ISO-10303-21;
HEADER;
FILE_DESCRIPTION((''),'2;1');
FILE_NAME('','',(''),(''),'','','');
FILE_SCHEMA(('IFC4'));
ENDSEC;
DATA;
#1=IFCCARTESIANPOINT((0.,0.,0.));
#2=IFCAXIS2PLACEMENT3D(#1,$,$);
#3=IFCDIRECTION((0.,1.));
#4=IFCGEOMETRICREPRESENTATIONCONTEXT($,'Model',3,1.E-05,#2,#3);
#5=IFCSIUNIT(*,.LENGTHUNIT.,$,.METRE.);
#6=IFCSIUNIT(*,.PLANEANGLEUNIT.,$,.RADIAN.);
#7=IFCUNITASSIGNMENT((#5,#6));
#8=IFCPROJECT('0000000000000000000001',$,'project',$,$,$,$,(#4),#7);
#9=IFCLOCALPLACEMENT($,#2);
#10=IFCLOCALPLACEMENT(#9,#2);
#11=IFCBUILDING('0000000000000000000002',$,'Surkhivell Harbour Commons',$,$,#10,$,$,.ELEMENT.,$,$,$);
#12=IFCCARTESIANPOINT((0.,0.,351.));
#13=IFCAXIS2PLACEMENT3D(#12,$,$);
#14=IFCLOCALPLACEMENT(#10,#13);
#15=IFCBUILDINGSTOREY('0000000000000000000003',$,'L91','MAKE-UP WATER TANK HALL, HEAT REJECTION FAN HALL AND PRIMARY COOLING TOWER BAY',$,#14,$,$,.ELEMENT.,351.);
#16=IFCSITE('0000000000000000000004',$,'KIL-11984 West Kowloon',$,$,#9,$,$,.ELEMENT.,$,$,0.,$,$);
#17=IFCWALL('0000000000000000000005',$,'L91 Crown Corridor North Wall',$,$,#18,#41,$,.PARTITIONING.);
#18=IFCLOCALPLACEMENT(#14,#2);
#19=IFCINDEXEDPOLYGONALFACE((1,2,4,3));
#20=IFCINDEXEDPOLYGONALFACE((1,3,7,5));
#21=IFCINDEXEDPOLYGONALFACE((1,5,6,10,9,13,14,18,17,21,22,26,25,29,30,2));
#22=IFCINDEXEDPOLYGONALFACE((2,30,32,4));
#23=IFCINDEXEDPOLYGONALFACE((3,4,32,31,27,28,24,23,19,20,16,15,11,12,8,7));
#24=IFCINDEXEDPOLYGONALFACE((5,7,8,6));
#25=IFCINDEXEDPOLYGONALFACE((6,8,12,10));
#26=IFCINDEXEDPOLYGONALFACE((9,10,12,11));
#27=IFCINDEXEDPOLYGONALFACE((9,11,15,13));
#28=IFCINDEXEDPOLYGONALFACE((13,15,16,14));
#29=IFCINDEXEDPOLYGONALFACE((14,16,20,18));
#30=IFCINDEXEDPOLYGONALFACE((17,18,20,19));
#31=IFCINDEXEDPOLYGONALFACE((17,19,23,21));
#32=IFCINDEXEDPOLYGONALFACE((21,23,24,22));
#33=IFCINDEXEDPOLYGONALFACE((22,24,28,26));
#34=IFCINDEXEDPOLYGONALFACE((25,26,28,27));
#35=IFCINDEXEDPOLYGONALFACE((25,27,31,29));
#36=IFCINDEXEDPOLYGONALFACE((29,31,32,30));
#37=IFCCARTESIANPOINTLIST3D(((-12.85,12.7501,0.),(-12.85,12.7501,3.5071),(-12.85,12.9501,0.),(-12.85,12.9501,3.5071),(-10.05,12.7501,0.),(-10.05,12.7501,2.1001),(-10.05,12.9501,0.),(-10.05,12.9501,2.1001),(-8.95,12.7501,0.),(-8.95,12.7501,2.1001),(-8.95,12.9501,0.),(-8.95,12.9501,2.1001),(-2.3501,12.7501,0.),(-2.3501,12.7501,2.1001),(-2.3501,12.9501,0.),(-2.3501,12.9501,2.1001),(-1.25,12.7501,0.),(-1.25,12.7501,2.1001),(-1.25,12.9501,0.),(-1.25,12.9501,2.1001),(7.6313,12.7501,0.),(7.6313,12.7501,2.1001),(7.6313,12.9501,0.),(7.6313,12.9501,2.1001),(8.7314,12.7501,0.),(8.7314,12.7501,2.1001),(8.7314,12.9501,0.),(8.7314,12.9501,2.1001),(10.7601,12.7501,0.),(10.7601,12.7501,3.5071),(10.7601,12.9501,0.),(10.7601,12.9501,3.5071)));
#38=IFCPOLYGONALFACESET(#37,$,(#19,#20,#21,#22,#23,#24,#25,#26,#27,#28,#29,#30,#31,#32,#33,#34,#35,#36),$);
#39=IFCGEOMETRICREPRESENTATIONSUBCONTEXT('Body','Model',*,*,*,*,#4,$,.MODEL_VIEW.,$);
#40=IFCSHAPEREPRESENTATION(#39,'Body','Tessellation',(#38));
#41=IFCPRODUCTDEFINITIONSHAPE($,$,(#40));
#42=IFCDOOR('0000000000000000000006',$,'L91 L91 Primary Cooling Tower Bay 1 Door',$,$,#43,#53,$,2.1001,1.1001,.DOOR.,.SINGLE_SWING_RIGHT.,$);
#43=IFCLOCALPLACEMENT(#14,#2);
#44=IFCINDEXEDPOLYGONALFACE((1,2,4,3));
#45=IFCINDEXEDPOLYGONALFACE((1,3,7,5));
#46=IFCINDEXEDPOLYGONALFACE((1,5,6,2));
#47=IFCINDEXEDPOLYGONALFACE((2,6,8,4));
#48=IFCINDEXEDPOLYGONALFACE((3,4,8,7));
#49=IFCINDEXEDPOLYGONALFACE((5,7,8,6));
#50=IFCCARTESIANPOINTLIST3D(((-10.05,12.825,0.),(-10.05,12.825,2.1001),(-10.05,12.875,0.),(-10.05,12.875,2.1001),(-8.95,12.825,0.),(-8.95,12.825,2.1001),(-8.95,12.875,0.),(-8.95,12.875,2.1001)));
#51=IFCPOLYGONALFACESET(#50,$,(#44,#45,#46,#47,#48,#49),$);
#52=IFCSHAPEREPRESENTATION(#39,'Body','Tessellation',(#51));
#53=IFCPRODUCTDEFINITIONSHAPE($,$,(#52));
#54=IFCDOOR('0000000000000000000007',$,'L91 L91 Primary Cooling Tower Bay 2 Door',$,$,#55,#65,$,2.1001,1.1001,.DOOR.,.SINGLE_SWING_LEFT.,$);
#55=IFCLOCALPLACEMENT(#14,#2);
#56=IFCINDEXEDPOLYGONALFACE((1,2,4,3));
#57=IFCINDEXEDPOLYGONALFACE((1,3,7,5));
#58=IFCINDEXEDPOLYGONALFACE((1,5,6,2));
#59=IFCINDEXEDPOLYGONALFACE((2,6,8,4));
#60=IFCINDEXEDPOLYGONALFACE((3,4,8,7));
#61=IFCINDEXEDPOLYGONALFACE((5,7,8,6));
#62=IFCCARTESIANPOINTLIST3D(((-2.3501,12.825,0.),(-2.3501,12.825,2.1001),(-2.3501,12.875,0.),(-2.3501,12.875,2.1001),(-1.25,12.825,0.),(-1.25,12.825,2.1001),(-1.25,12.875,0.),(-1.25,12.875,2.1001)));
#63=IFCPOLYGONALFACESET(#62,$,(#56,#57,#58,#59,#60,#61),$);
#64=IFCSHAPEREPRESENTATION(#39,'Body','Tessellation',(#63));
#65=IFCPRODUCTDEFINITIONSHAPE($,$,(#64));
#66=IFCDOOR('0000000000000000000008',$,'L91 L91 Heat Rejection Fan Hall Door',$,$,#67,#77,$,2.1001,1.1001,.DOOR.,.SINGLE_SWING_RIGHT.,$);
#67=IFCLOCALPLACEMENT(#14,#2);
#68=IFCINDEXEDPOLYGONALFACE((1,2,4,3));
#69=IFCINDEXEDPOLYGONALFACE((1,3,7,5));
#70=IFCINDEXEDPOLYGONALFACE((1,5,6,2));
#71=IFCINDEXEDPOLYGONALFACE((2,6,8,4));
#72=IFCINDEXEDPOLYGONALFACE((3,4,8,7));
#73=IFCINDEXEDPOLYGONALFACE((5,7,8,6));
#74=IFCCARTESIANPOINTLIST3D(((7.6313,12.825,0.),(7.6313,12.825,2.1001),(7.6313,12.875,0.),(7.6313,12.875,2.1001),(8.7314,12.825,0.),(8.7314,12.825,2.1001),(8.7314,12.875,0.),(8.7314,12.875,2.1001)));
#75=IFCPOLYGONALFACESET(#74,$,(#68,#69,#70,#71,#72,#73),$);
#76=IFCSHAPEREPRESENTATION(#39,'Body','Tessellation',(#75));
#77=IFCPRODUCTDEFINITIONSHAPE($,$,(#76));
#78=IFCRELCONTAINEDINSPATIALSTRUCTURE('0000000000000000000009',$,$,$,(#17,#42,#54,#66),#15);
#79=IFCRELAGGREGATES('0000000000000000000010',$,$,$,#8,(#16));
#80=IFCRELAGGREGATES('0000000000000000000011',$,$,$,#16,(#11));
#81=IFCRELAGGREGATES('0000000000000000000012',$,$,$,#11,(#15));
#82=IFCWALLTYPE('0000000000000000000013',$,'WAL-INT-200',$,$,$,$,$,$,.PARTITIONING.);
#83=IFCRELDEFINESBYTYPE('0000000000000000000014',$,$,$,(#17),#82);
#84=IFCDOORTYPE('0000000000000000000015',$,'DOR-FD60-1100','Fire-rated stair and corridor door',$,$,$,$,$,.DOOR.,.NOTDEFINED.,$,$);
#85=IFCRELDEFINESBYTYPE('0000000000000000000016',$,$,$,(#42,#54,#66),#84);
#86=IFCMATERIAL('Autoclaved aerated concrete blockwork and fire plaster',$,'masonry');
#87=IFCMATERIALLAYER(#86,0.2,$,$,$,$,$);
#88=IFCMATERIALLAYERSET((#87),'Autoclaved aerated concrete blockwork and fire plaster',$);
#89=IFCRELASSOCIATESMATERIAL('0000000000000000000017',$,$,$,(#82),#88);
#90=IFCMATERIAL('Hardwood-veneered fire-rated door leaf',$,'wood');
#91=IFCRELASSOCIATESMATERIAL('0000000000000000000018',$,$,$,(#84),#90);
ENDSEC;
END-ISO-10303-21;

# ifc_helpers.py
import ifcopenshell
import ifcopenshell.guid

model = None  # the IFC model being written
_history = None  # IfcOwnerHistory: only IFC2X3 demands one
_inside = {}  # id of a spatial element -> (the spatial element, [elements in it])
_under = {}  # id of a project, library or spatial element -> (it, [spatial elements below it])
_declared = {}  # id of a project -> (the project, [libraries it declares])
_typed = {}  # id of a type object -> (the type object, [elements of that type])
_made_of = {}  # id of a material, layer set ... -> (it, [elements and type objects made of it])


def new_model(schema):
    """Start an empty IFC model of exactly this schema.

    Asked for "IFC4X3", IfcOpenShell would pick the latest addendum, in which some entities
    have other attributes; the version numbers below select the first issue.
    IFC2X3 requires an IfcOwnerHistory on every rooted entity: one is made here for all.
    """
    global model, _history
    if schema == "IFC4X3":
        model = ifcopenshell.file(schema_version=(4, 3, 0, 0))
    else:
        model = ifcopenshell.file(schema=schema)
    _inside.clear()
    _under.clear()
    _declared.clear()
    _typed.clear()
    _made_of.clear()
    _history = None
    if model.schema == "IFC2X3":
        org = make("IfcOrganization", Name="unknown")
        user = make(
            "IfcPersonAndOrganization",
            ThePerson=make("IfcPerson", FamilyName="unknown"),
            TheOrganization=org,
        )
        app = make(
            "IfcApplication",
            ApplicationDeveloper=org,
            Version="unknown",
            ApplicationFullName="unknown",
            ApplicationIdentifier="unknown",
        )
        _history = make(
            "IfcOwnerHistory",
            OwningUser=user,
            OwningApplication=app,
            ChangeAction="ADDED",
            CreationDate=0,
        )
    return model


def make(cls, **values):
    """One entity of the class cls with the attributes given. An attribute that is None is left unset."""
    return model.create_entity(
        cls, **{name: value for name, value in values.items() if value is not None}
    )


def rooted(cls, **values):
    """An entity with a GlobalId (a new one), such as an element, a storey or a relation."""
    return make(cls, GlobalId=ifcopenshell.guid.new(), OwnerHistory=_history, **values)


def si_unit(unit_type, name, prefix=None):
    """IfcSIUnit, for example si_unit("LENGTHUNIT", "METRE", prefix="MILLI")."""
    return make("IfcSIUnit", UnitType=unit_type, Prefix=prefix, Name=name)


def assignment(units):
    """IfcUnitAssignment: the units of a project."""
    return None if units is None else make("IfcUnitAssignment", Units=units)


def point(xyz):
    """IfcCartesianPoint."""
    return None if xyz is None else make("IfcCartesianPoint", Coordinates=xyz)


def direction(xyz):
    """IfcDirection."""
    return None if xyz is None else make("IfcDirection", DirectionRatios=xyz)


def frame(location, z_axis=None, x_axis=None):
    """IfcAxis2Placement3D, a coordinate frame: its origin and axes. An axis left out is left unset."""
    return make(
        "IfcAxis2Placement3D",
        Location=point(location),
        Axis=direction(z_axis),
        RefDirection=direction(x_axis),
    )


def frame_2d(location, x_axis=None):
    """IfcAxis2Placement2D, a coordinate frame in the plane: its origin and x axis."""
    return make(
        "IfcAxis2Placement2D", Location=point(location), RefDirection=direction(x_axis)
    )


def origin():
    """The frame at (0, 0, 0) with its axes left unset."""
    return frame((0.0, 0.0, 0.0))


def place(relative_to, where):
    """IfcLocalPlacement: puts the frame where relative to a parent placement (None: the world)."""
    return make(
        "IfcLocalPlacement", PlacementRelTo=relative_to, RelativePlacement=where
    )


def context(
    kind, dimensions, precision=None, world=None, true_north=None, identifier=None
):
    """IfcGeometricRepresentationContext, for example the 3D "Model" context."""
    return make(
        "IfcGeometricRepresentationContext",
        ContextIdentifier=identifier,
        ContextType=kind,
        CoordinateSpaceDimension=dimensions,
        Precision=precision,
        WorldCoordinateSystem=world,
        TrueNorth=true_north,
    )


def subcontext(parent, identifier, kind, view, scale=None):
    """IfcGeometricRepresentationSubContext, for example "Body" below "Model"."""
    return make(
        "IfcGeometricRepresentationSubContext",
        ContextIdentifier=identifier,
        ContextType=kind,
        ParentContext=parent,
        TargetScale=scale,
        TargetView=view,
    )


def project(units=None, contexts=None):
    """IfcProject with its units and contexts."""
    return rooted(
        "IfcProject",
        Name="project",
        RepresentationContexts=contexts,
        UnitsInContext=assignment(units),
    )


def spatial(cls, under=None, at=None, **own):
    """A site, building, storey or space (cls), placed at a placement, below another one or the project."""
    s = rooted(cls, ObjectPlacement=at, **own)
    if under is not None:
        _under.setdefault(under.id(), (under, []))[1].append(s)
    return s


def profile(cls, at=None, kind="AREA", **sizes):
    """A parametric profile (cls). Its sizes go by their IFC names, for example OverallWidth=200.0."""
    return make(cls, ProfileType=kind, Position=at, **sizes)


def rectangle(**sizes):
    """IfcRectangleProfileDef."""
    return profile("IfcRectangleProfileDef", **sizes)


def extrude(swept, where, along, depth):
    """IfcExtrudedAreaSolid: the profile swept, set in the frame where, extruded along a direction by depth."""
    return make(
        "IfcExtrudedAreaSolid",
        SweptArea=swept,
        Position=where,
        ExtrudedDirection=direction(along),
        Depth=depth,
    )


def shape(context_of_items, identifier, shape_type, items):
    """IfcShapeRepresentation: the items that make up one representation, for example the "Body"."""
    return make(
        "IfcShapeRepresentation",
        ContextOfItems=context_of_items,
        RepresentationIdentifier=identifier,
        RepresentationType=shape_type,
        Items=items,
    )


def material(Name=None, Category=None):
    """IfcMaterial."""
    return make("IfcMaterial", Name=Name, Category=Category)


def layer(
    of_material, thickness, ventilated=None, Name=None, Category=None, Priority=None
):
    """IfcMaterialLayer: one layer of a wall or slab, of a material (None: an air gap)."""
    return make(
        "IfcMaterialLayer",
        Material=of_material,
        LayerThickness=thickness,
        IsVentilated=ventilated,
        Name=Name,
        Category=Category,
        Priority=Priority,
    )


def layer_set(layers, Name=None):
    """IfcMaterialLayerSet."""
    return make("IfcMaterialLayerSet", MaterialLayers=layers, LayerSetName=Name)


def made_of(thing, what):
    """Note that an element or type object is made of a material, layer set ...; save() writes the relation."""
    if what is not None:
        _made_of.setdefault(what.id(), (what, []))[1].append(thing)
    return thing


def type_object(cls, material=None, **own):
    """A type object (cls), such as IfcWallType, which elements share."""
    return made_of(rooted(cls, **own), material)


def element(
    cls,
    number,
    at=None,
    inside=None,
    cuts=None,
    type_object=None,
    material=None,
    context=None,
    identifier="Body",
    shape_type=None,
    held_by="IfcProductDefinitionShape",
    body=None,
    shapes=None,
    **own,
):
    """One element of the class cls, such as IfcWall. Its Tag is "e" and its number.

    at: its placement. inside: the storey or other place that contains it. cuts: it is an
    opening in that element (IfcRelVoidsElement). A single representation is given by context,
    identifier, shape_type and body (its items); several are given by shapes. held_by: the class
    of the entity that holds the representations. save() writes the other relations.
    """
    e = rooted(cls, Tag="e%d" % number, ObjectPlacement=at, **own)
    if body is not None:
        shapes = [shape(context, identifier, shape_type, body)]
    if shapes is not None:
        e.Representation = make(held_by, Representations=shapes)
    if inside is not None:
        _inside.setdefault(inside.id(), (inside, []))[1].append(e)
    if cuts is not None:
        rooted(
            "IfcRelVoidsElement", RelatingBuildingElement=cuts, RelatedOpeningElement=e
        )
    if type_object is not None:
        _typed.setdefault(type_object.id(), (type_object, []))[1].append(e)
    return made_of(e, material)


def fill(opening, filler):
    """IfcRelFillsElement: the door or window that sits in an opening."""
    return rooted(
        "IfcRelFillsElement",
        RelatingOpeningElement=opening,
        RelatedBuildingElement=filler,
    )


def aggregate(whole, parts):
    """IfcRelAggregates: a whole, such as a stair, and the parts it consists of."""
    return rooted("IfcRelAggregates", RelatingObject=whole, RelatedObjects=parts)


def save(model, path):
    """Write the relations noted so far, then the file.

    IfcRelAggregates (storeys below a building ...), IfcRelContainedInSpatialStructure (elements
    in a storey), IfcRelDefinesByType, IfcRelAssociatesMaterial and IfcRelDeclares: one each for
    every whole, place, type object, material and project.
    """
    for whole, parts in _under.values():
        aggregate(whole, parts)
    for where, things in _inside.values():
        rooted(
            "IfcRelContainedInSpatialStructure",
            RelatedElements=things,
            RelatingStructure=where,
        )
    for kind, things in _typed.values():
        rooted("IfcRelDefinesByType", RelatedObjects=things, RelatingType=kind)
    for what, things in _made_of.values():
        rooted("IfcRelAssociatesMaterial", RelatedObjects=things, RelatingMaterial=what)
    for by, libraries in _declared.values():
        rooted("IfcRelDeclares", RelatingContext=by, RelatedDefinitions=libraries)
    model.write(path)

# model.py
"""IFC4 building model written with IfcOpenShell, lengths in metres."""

from ifc_helpers import new_model, si_unit, direction, frame, frame_2d, origin, place, context, subcontext, project, spatial, rectangle, extrude, material, layer, layer_set, type_object, element, fill, save


model = new_model("IFC4")

# Units and contexts
model_context = context("Model", 3, precision=1e-05, world=origin(), true_north=direction((0.0, 1.0)))
body_context = subcontext(model_context, "Body", "Model", "MODEL_VIEW")
ifc_project = project(units=[si_unit("LENGTHUNIT", "METRE"), si_unit("PLANEANGLEUNIT", "RADIAN")], contexts=[model_context])

# Site, building, storey
site_placement = place(None, origin())
site = spatial("IfcSite", under=ifc_project, at=site_placement, Name="KIL-11984 West Kowloon", CompositionType="ELEMENT", RefElevation=0.0)
building_placement = place(site_placement, origin())
building = spatial("IfcBuilding", under=site, at=building_placement, Name="Surkhivell Harbour Commons", CompositionType="ELEMENT")
storey_placement = place(building_placement, frame((0.0, 0.0, 351.0)))
storey = spatial("IfcBuildingStorey", under=building, at=storey_placement, Name="L91", Description="MAKE-UP WATER TANK HALL, HEAT REJECTION FAN HALL AND PRIMARY COOLING TOWER BAY", CompositionType="ELEMENT", Elevation=351.0)

# Shared definitions
ifc_material_1 = material(Name="Autoclaved aerated concrete blockwork and fire plaster", Category="masonry")
ifc_layer_1 = layer(ifc_material_1, 0.2)
ifc_layer_set_1 = layer_set([ifc_layer_1], Name="Autoclaved aerated concrete blockwork and fire plaster")
wall_type = type_object("IfcWallType", Name="WAL-INT-200", PredefinedType="PARTITIONING", material=ifc_layer_set_1)

# Wall, openings, doors
wall_1_placement = place(storey_placement, frame((-12.8501, 12.8501, 0.0), z_axis=(0.0, 0.0, 1.0), x_axis=(1.0, 0.0, 0.0)))
wall_1 = element("IfcWall", 1, at=wall_1_placement, inside=storey, type_object=wall_type, Name="L91 Crown Corridor North Wall", PredefinedType="PARTITIONING", context=body_context, shape_type="SweptSolid", body=[
    extrude(rectangle(XDim=23.6101, YDim=0.2, at=frame_2d((11.8052, 0.0))), origin(), (0.0, 0.0, 1.0), 3.5071),
])
opening_1_placement = place(wall_1_placement, frame((2.8, 0.0, 0.0)))
opening_1 = element("IfcOpeningElement", 2, at=opening_1_placement, cuts=wall_1, PredefinedType="OPENING", context=body_context, shape_type="SweptSolid", body=[
    extrude(rectangle(XDim=1.1001, YDim=2.1001, at=frame_2d((0.55, 1.05))), frame((0.0, 0.1099, 0.0), z_axis=(0.0, -1.0, 0.0), x_axis=(1.0, 0.0, 0.0)), (0.0, 0.0, 1.0), 0.22),
])
opening_2_placement = place(wall_1_placement, frame((10.5, 0.0, 0.0)))
opening_2 = element("IfcOpeningElement", 3, at=opening_2_placement, cuts=wall_1, PredefinedType="OPENING", context=body_context, shape_type="SweptSolid", body=[
    extrude(rectangle(XDim=1.1001, YDim=2.1001, at=frame_2d((0.55, 1.05))), frame((0.0, 0.1099, 0.0), z_axis=(0.0, -1.0, 0.0), x_axis=(1.0, 0.0, 0.0)), (0.0, 0.0, 1.0), 0.22),
])
opening_3_placement = place(wall_1_placement, frame((20.4814, 0.0, 0.0)))
opening_3 = element("IfcOpeningElement", 4, at=opening_3_placement, cuts=wall_1, PredefinedType="OPENING", context=body_context, shape_type="SweptSolid", body=[
    extrude(rectangle(XDim=1.1001, YDim=2.1001, at=frame_2d((0.55, 1.05))), frame((0.0, 0.1099, 0.0), z_axis=(0.0, -1.0, 0.0), x_axis=(1.0, 0.0, 0.0)), (0.0, 0.0, 1.0), 0.22),
])
ifc_material_2 = material(Name="Hardwood-veneered fire-rated door leaf", Category="wood")
door_type = type_object("IfcDoorType", Name="DOR-FD60-1100", Description="Fire-rated stair and corridor door", OperationType="NOTDEFINED", PredefinedType="DOOR", material=ifc_material_2)
door_1_placement = place(opening_1_placement, origin())
door_1 = element("IfcDoor", 5, at=door_1_placement, inside=storey, type_object=door_type, Name="L91 L91 Primary Cooling Tower Bay 1 Door", OperationType="SINGLE_SWING_RIGHT", OverallHeight=2.1001, OverallWidth=1.1001, PredefinedType="DOOR", context=body_context, shape_type="SweptSolid", body=[
    extrude(rectangle(XDim=1.1001, YDim=2.1001, at=frame_2d((0.55, 1.05))), frame((0.0, 0.0249, 0.0), z_axis=(0.0, -1.0, 0.0), x_axis=(1.0, 0.0, 0.0)), (0.0, 0.0, 1.0), 0.05),
])
fill(opening_1, door_1)
door_2_placement = place(opening_2_placement, origin())
door_2 = element("IfcDoor", 6, at=door_2_placement, inside=storey, type_object=door_type, Name="L91 L91 Primary Cooling Tower Bay 2 Door", OperationType="SINGLE_SWING_LEFT", OverallHeight=2.1001, OverallWidth=1.1001, PredefinedType="DOOR", context=body_context, shape_type="SweptSolid", body=[
    extrude(rectangle(XDim=1.1001, YDim=2.1001, at=frame_2d((0.55, 1.05))), frame((0.0, 0.0249, 0.0), z_axis=(0.0, -1.0, 0.0), x_axis=(1.0, 0.0, 0.0)), (0.0, 0.0, 1.0), 0.05),
])
fill(opening_2, door_2)
door_3_placement = place(opening_3_placement, origin())
door_3 = element("IfcDoor", 7, at=door_3_placement, inside=storey, type_object=door_type, Name="L91 L91 Heat Rejection Fan Hall Door", OperationType="SINGLE_SWING_RIGHT", OverallHeight=2.1001, OverallWidth=1.1001, PredefinedType="DOOR", context=body_context, shape_type="SweptSolid", body=[
    extrude(rectangle(XDim=1.1001, YDim=2.1001, at=frame_2d((0.55, 1.05))), frame((0.0, 0.0249, 0.0), z_axis=(0.0, -1.0, 0.0), x_axis=(1.0, 0.0, 0.0)), (0.0, 0.0, 1.0), 0.05),
])
fill(opening_3, door_3)

save(model, "model.ifc")
